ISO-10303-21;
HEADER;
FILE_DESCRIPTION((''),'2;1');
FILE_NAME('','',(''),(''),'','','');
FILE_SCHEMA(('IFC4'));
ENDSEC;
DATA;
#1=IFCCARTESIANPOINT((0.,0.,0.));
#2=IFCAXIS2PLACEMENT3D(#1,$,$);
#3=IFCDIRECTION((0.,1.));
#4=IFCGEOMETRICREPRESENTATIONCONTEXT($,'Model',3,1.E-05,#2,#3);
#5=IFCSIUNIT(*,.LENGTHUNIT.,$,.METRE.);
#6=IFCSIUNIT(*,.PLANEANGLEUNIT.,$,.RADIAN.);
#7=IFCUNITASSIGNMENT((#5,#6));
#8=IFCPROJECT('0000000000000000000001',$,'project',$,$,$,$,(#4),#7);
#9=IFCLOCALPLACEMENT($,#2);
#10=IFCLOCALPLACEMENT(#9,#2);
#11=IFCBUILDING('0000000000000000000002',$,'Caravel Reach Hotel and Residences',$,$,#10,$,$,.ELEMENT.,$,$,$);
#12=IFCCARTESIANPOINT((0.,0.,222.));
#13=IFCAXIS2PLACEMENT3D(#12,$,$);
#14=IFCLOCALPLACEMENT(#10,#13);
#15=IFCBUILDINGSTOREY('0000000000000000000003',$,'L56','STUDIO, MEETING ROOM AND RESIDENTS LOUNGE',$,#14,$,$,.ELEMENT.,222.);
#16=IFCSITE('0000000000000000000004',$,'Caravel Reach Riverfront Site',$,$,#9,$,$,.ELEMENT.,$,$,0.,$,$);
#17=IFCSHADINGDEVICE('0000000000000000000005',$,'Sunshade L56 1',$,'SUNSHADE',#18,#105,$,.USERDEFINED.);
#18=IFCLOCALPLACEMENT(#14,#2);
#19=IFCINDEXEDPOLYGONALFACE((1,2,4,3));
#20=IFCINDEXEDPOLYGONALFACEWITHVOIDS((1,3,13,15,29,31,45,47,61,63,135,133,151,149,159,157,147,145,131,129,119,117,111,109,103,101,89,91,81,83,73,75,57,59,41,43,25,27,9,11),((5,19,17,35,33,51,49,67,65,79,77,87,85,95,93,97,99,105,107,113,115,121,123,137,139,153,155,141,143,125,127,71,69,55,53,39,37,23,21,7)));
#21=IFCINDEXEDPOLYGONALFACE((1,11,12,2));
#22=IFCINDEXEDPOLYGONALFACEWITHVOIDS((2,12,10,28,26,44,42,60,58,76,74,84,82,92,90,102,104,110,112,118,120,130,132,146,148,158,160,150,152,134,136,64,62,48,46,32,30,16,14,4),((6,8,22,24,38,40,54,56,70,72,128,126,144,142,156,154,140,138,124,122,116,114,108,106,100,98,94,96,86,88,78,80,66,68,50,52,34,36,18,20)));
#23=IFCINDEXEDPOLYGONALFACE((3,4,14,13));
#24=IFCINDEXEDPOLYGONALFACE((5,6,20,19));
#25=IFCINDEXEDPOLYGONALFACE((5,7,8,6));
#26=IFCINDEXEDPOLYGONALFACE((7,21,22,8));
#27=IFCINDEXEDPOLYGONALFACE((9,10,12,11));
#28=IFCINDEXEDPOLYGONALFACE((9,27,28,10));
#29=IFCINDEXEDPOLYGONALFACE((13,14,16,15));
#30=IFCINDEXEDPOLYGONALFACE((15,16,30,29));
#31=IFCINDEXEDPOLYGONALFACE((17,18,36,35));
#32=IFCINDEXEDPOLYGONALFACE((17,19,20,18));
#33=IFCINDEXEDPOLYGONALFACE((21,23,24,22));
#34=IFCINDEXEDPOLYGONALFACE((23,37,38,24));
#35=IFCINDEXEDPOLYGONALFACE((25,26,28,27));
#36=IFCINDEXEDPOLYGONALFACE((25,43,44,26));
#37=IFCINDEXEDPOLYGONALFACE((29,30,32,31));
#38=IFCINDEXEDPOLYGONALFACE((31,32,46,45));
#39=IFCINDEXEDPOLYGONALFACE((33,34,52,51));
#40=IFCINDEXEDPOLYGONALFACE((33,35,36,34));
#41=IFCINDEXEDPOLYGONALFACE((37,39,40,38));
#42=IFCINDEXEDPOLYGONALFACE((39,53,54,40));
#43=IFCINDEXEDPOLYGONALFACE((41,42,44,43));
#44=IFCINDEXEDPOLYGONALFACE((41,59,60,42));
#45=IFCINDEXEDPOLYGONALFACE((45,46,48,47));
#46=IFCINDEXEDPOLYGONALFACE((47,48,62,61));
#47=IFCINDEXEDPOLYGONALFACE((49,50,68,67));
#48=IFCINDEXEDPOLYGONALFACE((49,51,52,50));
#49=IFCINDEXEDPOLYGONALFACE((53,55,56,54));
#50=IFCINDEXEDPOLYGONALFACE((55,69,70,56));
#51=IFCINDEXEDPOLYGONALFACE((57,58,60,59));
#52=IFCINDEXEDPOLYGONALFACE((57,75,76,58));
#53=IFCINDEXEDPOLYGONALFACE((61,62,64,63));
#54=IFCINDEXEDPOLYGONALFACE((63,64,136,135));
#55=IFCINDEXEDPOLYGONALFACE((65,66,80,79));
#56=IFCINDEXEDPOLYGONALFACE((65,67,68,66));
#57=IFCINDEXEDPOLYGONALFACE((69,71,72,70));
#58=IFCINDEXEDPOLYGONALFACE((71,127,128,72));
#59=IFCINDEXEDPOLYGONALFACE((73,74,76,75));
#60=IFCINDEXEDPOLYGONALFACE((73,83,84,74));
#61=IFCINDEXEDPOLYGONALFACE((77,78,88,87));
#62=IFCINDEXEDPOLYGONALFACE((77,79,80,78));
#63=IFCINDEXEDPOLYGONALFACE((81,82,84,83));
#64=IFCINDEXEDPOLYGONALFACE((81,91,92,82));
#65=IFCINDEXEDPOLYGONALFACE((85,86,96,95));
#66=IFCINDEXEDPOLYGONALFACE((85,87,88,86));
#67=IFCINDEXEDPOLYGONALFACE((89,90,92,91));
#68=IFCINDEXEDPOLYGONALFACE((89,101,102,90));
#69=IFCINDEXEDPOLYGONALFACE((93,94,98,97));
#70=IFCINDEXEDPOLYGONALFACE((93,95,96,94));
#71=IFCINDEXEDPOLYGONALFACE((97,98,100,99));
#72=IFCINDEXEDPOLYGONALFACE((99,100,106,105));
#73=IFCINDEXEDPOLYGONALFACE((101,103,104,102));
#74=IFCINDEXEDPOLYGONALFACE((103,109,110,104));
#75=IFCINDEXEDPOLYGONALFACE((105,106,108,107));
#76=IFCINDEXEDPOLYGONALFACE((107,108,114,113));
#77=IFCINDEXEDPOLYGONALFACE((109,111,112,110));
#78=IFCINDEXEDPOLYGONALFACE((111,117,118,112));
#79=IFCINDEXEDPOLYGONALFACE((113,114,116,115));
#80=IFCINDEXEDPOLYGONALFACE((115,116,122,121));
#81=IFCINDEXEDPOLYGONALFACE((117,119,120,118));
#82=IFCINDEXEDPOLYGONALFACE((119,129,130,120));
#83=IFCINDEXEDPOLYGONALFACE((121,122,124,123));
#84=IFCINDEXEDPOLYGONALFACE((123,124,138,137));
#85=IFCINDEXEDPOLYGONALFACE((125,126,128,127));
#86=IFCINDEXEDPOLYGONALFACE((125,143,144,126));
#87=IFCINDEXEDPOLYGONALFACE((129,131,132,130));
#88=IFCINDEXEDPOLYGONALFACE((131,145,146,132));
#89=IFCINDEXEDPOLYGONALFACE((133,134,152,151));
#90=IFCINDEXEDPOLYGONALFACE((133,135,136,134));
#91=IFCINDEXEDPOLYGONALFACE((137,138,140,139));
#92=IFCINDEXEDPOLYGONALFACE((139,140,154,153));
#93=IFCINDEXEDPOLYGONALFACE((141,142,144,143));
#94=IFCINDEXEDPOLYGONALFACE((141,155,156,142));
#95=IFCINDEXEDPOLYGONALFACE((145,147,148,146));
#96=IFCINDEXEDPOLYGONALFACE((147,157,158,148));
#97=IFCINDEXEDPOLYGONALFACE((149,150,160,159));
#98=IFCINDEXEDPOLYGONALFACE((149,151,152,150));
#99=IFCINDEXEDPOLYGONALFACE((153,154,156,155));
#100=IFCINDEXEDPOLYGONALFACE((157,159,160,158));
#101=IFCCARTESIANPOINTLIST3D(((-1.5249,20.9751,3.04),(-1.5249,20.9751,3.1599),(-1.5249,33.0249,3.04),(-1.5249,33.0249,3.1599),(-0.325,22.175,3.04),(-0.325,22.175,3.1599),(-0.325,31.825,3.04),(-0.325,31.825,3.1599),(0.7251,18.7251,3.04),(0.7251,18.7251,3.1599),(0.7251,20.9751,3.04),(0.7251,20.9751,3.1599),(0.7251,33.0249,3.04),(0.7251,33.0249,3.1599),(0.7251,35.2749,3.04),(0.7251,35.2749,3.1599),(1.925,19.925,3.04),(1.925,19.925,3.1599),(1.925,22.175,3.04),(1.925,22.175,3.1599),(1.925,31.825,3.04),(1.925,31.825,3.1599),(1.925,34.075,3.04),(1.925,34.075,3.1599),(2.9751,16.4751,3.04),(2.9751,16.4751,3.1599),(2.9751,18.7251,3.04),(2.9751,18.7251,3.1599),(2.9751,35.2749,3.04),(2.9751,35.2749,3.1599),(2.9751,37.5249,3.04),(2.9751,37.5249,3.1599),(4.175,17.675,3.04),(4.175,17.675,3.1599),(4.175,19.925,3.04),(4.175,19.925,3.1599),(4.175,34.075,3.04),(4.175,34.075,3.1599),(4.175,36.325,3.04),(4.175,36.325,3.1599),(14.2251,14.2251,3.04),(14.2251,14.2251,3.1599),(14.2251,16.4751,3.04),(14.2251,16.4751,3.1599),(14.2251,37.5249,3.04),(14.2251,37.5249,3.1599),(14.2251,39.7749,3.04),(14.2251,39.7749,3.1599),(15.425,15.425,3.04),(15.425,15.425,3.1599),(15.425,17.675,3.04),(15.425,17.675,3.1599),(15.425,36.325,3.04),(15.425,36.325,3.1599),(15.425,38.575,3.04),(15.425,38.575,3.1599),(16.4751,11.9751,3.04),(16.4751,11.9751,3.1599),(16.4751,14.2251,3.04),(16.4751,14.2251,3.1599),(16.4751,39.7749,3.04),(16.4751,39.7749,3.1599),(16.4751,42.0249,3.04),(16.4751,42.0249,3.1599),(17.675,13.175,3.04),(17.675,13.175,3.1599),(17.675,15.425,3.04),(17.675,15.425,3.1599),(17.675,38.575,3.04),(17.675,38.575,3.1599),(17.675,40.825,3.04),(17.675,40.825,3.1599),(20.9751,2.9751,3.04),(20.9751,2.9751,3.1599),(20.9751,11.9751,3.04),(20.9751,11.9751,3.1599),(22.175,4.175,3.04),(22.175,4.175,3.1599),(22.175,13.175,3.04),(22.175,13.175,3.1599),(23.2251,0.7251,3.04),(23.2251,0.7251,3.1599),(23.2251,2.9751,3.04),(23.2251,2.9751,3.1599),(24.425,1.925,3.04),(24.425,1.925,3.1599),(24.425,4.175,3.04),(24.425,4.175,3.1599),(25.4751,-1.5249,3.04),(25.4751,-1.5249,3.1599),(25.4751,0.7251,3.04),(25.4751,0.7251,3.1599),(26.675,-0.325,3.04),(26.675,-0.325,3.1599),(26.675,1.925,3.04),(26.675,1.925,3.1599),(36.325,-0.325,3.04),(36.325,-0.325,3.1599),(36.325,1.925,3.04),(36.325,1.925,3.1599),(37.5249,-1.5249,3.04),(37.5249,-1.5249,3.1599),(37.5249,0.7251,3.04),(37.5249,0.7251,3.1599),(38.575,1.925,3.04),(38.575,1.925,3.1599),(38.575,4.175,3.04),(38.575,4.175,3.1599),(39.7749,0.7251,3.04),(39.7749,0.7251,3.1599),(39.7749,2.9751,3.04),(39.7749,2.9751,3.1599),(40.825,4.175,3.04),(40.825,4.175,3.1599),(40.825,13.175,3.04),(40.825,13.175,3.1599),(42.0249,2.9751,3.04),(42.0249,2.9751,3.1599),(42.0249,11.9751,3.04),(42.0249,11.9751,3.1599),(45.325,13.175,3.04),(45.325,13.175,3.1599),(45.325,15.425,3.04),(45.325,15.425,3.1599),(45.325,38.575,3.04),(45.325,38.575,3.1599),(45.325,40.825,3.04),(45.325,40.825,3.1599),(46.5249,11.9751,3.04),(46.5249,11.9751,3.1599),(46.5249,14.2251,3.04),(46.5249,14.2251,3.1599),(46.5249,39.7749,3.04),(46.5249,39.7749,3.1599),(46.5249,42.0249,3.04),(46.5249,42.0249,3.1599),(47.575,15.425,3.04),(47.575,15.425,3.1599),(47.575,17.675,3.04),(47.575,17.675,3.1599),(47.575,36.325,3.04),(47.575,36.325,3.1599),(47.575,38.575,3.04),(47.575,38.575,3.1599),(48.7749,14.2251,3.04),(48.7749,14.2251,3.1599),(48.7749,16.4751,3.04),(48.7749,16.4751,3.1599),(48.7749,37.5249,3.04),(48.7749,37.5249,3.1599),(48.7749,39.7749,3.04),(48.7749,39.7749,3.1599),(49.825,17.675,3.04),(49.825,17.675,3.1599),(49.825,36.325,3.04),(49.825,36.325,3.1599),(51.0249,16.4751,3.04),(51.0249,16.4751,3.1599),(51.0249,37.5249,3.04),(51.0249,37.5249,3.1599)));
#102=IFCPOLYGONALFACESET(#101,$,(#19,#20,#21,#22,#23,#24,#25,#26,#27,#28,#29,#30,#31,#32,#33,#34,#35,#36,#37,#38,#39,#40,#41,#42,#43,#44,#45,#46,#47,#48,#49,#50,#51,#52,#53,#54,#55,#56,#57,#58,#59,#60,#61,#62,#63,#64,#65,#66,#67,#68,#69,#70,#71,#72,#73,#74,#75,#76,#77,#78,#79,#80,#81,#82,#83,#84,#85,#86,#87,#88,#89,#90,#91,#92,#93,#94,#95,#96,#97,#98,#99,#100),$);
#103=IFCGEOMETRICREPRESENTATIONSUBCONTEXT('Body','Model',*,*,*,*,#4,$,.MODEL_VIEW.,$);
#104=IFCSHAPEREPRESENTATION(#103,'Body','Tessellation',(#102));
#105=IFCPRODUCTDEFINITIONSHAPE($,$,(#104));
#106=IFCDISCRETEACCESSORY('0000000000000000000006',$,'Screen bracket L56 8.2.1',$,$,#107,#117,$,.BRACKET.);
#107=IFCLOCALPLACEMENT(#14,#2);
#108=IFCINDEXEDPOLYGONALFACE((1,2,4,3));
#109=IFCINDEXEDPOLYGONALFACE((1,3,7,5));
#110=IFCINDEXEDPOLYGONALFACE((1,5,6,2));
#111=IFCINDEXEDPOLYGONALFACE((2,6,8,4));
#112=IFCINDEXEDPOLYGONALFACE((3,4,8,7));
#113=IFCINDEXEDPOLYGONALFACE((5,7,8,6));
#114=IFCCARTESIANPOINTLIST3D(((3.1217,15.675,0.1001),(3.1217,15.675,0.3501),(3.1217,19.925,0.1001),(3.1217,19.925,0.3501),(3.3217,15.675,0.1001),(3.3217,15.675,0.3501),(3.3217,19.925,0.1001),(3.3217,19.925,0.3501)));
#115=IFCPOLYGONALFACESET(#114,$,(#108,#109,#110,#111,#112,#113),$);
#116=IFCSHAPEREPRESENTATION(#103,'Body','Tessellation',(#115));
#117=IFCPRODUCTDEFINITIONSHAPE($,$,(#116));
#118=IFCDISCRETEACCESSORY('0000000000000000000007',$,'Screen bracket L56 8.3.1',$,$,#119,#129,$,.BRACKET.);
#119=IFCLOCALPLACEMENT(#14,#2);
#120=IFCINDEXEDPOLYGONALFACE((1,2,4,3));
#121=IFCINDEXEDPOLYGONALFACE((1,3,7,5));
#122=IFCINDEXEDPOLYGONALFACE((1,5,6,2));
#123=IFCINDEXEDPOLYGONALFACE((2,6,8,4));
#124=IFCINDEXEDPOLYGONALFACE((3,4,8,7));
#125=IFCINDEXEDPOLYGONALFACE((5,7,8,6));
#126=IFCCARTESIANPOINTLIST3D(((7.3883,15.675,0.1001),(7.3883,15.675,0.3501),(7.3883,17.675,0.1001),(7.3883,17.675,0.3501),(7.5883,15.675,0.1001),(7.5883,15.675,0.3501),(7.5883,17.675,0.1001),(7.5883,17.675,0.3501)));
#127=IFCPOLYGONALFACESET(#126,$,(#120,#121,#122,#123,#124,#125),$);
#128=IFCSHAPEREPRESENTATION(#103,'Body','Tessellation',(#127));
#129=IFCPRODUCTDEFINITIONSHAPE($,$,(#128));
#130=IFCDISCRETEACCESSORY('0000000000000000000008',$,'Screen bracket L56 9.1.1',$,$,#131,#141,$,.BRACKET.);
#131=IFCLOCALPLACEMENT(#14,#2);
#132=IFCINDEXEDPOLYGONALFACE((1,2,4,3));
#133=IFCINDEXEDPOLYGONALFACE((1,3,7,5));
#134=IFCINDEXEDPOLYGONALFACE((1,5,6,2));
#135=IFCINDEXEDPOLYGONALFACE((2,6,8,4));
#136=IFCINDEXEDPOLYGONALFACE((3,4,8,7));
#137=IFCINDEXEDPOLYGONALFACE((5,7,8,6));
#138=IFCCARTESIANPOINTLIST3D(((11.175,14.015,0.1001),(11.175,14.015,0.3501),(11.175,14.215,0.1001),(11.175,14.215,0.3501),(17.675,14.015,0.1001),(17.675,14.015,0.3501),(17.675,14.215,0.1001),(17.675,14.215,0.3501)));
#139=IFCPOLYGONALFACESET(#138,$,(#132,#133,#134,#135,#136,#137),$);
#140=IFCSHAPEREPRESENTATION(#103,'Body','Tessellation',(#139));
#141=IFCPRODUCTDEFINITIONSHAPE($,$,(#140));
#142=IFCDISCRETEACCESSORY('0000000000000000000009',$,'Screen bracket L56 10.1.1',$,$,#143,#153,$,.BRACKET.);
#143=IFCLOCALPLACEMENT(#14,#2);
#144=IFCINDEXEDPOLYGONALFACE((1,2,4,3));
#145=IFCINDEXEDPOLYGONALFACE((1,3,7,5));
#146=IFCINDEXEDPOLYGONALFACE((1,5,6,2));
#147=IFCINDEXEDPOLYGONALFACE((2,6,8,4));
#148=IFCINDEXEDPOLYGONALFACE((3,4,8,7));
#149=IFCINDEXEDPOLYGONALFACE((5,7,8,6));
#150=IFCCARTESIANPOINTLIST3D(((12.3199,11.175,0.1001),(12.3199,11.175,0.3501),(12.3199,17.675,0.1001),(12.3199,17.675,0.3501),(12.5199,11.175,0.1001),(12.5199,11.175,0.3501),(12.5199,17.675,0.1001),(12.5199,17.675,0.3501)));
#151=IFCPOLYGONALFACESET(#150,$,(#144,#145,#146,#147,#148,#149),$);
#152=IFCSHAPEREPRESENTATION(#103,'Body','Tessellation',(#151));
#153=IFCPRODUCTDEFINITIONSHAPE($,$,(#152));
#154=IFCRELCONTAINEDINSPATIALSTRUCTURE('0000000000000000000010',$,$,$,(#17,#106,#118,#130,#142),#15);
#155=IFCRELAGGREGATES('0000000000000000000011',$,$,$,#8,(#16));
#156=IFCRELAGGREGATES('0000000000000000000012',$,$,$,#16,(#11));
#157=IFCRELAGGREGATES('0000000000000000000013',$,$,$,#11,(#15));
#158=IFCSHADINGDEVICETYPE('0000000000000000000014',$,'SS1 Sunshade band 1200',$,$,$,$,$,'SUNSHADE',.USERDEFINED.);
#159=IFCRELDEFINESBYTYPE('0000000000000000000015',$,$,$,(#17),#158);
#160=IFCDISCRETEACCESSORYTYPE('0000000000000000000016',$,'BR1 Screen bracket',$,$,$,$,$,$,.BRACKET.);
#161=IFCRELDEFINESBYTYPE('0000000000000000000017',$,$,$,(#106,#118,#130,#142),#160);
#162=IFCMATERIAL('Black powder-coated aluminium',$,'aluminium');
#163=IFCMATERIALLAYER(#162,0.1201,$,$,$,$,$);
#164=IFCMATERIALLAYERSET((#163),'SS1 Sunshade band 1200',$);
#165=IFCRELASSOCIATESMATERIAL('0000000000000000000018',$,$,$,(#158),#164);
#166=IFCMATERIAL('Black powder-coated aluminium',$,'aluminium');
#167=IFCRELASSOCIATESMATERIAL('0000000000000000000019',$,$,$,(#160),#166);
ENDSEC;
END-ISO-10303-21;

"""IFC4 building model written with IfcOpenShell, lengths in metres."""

from ifc_helpers import new_model, si_unit, direction, frame, origin, origin_2d, place, context, subcontext, project, spatial, polyline, rectangle, outline, extrude, material, layer, layer_set, type_object, element, save


model = new_model("IFC4")

# Units and contexts
model_context = context("Model", 3, precision=1e-05, world=origin(), true_north=direction((0.0, 1.0)))
body_context = subcontext(model_context, "Body", "Model", "MODEL_VIEW")
ifc_project = project(units=[si_unit("LENGTHUNIT", "METRE"), si_unit("PLANEANGLEUNIT", "RADIAN")], contexts=[model_context])

# Site, building, storey
site_placement = place(None, origin())
site = spatial("IfcSite", under=ifc_project, at=site_placement, Name="Caravel Reach Riverfront Site", CompositionType="ELEMENT", RefElevation=0.0)
building_placement = place(site_placement, origin())
building = spatial("IfcBuilding", under=site, at=building_placement, Name="Caravel Reach Hotel and Residences", CompositionType="ELEMENT")
storey_placement = place(building_placement, frame((0.0, 0.0, 222.0)))
storey = spatial("IfcBuildingStorey", under=building, at=storey_placement, Name="L56", Description="STUDIO, MEETING ROOM AND RESIDENTS LOUNGE", CompositionType="ELEMENT", Elevation=222.0)

# Shading device
ifc_material_1 = material(Name="Black powder-coated aluminium", Category="aluminium")
ifc_layer_1 = layer(ifc_material_1, 0.1201)
ifc_layer_set_1 = layer_set([ifc_layer_1], Name="SS1 Sunshade band 1200")
shading_device_type_1 = type_object("IfcShadingDeviceType", Name="SS1 Sunshade band 1200", ElementType="SUNSHADE", PredefinedType="USERDEFINED", material=ifc_layer_set_1)
shading_device_1_placement = place(storey_placement, frame((0.0, 0.0, 3.04)))
element("IfcShadingDevice", 1, at=shading_device_1_placement, inside=storey, type_object=shading_device_type_1, Name="Sunshade L56 1", ObjectType="SUNSHADE", PredefinedType="USERDEFINED", context=body_context, shape_type="SweptSolid", body=[
    extrude(outline(polyline([(42.0249, 2.9751), (42.0249, 11.9751), (46.5249, 11.9751), (46.5249, 14.2251), (48.7749, 14.2251), (48.7749, 16.4751), (51.0249, 16.4751), (51.0249, 37.5249), (48.7749, 37.5249), (48.7749, 39.7749), (46.5249, 39.7749), (46.5249, 42.0249), (16.4751, 42.0249), (16.4751, 39.7749), (14.2251, 39.7749), (14.2251, 37.5249), (2.9751, 37.5249), (2.9751, 35.2749), (0.7251, 35.2749), (0.7251, 33.0249), (-1.5249, 33.0249), (-1.5249, 20.9751), (0.7251, 20.9751), (0.7251, 18.7251), (2.9751, 18.7251), (2.9751, 16.4751), (14.2251, 16.4751), (14.2251, 14.2251), (16.4751, 14.2251), (16.4751, 11.9751), (20.9751, 11.9751), (20.9751, 2.9751), (23.2251, 2.9751), (23.2251, 0.7251), (25.4751, 0.7251), (25.4751, -1.5249), (37.5249, -1.5249), (37.5249, 0.7251), (39.7749, 0.7251), (39.7749, 2.9751), (42.0249, 2.9751)]), holes=[polyline([(45.325, 13.175), (40.825, 13.175), (40.825, 4.175), (38.575, 4.175), (38.575, 1.925), (36.325, 1.925), (36.325, -0.325), (26.675, -0.325), (26.675, 1.925), (24.425, 1.925), (24.425, 4.175), (22.175, 4.175), (22.175, 13.175), (17.675, 13.175), (17.675, 15.425), (15.425, 15.425), (15.425, 17.675), (4.175, 17.675), (4.175, 19.925), (1.925, 19.925), (1.925, 22.175), (-0.325, 22.175), (-0.325, 31.825), (1.925, 31.825), (1.925, 34.075), (4.175, 34.075), (4.175, 36.325), (15.425, 36.325), (15.425, 38.575), (17.675, 38.575), (17.675, 40.825), (45.325, 40.825), (45.325, 38.575), (47.575, 38.575), (47.575, 36.325), (49.825, 36.325), (49.825, 17.675), (47.575, 17.675), (47.575, 15.425), (45.325, 15.425), (45.325, 13.175)])]), origin(), (0.0, 0.0, 1.0), 0.1199),
])

# Discrete accessories
ifc_material_2 = material(Name="Black powder-coated aluminium", Category="aluminium")
discrete_accessory_type = type_object("IfcDiscreteAccessoryType", Name="BR1 Screen bracket", PredefinedType="BRACKET", material=ifc_material_2)
discrete_accessory_1_placement = place(storey_placement, frame((3.2217, 17.8, 0.1001), z_axis=(0.0, 0.0, 1.0), x_axis=(0.0, -1.0, 0.0)))
element("IfcDiscreteAccessory", 2, at=discrete_accessory_1_placement, inside=storey, type_object=discrete_accessory_type, Name="Screen bracket L56 8.2.1", PredefinedType="BRACKET", context=body_context, shape_type="SweptSolid", body=[
    extrude(rectangle(XDim=4.25, YDim=0.2, at=origin_2d()), origin(), (0.0, 0.0, 1.0), 0.25),
])
discrete_accessory_2_placement = place(storey_placement, frame((7.4883, 16.675, 0.1001), z_axis=(0.0, 0.0, 1.0), x_axis=(0.0, -1.0, 0.0)))
element("IfcDiscreteAccessory", 3, at=discrete_accessory_2_placement, inside=storey, type_object=discrete_accessory_type, Name="Screen bracket L56 8.3.1", PredefinedType="BRACKET", context=body_context, shape_type="SweptSolid", body=[
    extrude(rectangle(XDim=2.0, YDim=0.2, at=origin_2d()), origin(), (0.0, 0.0, 1.0), 0.25),
])
for number, where, z_axis, x_axis, name in (
    (4, (14.425, 14.115, 0.1001), (0.0, 0.0, 1.0), (-1.0, 0.0, 0.0), "Screen bracket L56 9.1.1"),
    (5, (12.4199, 14.425, 0.1001), (0.0, 0.0, 1.0), (0.0, -1.0, 0.0), "Screen bracket L56 10.1.1"),
):
    element("IfcDiscreteAccessory", number, at=place(storey_placement, frame(where, z_axis=z_axis, x_axis=x_axis)), inside=storey, type_object=discrete_accessory_type, Name=name, PredefinedType="BRACKET", context=body_context, shape_type="SweptSolid", body=[
        extrude(rectangle(XDim=6.5, YDim=0.2, at=origin_2d()), origin(), (0.0, 0.0, 1.0), 0.25),
    ])

save(model, "model.ifc")
